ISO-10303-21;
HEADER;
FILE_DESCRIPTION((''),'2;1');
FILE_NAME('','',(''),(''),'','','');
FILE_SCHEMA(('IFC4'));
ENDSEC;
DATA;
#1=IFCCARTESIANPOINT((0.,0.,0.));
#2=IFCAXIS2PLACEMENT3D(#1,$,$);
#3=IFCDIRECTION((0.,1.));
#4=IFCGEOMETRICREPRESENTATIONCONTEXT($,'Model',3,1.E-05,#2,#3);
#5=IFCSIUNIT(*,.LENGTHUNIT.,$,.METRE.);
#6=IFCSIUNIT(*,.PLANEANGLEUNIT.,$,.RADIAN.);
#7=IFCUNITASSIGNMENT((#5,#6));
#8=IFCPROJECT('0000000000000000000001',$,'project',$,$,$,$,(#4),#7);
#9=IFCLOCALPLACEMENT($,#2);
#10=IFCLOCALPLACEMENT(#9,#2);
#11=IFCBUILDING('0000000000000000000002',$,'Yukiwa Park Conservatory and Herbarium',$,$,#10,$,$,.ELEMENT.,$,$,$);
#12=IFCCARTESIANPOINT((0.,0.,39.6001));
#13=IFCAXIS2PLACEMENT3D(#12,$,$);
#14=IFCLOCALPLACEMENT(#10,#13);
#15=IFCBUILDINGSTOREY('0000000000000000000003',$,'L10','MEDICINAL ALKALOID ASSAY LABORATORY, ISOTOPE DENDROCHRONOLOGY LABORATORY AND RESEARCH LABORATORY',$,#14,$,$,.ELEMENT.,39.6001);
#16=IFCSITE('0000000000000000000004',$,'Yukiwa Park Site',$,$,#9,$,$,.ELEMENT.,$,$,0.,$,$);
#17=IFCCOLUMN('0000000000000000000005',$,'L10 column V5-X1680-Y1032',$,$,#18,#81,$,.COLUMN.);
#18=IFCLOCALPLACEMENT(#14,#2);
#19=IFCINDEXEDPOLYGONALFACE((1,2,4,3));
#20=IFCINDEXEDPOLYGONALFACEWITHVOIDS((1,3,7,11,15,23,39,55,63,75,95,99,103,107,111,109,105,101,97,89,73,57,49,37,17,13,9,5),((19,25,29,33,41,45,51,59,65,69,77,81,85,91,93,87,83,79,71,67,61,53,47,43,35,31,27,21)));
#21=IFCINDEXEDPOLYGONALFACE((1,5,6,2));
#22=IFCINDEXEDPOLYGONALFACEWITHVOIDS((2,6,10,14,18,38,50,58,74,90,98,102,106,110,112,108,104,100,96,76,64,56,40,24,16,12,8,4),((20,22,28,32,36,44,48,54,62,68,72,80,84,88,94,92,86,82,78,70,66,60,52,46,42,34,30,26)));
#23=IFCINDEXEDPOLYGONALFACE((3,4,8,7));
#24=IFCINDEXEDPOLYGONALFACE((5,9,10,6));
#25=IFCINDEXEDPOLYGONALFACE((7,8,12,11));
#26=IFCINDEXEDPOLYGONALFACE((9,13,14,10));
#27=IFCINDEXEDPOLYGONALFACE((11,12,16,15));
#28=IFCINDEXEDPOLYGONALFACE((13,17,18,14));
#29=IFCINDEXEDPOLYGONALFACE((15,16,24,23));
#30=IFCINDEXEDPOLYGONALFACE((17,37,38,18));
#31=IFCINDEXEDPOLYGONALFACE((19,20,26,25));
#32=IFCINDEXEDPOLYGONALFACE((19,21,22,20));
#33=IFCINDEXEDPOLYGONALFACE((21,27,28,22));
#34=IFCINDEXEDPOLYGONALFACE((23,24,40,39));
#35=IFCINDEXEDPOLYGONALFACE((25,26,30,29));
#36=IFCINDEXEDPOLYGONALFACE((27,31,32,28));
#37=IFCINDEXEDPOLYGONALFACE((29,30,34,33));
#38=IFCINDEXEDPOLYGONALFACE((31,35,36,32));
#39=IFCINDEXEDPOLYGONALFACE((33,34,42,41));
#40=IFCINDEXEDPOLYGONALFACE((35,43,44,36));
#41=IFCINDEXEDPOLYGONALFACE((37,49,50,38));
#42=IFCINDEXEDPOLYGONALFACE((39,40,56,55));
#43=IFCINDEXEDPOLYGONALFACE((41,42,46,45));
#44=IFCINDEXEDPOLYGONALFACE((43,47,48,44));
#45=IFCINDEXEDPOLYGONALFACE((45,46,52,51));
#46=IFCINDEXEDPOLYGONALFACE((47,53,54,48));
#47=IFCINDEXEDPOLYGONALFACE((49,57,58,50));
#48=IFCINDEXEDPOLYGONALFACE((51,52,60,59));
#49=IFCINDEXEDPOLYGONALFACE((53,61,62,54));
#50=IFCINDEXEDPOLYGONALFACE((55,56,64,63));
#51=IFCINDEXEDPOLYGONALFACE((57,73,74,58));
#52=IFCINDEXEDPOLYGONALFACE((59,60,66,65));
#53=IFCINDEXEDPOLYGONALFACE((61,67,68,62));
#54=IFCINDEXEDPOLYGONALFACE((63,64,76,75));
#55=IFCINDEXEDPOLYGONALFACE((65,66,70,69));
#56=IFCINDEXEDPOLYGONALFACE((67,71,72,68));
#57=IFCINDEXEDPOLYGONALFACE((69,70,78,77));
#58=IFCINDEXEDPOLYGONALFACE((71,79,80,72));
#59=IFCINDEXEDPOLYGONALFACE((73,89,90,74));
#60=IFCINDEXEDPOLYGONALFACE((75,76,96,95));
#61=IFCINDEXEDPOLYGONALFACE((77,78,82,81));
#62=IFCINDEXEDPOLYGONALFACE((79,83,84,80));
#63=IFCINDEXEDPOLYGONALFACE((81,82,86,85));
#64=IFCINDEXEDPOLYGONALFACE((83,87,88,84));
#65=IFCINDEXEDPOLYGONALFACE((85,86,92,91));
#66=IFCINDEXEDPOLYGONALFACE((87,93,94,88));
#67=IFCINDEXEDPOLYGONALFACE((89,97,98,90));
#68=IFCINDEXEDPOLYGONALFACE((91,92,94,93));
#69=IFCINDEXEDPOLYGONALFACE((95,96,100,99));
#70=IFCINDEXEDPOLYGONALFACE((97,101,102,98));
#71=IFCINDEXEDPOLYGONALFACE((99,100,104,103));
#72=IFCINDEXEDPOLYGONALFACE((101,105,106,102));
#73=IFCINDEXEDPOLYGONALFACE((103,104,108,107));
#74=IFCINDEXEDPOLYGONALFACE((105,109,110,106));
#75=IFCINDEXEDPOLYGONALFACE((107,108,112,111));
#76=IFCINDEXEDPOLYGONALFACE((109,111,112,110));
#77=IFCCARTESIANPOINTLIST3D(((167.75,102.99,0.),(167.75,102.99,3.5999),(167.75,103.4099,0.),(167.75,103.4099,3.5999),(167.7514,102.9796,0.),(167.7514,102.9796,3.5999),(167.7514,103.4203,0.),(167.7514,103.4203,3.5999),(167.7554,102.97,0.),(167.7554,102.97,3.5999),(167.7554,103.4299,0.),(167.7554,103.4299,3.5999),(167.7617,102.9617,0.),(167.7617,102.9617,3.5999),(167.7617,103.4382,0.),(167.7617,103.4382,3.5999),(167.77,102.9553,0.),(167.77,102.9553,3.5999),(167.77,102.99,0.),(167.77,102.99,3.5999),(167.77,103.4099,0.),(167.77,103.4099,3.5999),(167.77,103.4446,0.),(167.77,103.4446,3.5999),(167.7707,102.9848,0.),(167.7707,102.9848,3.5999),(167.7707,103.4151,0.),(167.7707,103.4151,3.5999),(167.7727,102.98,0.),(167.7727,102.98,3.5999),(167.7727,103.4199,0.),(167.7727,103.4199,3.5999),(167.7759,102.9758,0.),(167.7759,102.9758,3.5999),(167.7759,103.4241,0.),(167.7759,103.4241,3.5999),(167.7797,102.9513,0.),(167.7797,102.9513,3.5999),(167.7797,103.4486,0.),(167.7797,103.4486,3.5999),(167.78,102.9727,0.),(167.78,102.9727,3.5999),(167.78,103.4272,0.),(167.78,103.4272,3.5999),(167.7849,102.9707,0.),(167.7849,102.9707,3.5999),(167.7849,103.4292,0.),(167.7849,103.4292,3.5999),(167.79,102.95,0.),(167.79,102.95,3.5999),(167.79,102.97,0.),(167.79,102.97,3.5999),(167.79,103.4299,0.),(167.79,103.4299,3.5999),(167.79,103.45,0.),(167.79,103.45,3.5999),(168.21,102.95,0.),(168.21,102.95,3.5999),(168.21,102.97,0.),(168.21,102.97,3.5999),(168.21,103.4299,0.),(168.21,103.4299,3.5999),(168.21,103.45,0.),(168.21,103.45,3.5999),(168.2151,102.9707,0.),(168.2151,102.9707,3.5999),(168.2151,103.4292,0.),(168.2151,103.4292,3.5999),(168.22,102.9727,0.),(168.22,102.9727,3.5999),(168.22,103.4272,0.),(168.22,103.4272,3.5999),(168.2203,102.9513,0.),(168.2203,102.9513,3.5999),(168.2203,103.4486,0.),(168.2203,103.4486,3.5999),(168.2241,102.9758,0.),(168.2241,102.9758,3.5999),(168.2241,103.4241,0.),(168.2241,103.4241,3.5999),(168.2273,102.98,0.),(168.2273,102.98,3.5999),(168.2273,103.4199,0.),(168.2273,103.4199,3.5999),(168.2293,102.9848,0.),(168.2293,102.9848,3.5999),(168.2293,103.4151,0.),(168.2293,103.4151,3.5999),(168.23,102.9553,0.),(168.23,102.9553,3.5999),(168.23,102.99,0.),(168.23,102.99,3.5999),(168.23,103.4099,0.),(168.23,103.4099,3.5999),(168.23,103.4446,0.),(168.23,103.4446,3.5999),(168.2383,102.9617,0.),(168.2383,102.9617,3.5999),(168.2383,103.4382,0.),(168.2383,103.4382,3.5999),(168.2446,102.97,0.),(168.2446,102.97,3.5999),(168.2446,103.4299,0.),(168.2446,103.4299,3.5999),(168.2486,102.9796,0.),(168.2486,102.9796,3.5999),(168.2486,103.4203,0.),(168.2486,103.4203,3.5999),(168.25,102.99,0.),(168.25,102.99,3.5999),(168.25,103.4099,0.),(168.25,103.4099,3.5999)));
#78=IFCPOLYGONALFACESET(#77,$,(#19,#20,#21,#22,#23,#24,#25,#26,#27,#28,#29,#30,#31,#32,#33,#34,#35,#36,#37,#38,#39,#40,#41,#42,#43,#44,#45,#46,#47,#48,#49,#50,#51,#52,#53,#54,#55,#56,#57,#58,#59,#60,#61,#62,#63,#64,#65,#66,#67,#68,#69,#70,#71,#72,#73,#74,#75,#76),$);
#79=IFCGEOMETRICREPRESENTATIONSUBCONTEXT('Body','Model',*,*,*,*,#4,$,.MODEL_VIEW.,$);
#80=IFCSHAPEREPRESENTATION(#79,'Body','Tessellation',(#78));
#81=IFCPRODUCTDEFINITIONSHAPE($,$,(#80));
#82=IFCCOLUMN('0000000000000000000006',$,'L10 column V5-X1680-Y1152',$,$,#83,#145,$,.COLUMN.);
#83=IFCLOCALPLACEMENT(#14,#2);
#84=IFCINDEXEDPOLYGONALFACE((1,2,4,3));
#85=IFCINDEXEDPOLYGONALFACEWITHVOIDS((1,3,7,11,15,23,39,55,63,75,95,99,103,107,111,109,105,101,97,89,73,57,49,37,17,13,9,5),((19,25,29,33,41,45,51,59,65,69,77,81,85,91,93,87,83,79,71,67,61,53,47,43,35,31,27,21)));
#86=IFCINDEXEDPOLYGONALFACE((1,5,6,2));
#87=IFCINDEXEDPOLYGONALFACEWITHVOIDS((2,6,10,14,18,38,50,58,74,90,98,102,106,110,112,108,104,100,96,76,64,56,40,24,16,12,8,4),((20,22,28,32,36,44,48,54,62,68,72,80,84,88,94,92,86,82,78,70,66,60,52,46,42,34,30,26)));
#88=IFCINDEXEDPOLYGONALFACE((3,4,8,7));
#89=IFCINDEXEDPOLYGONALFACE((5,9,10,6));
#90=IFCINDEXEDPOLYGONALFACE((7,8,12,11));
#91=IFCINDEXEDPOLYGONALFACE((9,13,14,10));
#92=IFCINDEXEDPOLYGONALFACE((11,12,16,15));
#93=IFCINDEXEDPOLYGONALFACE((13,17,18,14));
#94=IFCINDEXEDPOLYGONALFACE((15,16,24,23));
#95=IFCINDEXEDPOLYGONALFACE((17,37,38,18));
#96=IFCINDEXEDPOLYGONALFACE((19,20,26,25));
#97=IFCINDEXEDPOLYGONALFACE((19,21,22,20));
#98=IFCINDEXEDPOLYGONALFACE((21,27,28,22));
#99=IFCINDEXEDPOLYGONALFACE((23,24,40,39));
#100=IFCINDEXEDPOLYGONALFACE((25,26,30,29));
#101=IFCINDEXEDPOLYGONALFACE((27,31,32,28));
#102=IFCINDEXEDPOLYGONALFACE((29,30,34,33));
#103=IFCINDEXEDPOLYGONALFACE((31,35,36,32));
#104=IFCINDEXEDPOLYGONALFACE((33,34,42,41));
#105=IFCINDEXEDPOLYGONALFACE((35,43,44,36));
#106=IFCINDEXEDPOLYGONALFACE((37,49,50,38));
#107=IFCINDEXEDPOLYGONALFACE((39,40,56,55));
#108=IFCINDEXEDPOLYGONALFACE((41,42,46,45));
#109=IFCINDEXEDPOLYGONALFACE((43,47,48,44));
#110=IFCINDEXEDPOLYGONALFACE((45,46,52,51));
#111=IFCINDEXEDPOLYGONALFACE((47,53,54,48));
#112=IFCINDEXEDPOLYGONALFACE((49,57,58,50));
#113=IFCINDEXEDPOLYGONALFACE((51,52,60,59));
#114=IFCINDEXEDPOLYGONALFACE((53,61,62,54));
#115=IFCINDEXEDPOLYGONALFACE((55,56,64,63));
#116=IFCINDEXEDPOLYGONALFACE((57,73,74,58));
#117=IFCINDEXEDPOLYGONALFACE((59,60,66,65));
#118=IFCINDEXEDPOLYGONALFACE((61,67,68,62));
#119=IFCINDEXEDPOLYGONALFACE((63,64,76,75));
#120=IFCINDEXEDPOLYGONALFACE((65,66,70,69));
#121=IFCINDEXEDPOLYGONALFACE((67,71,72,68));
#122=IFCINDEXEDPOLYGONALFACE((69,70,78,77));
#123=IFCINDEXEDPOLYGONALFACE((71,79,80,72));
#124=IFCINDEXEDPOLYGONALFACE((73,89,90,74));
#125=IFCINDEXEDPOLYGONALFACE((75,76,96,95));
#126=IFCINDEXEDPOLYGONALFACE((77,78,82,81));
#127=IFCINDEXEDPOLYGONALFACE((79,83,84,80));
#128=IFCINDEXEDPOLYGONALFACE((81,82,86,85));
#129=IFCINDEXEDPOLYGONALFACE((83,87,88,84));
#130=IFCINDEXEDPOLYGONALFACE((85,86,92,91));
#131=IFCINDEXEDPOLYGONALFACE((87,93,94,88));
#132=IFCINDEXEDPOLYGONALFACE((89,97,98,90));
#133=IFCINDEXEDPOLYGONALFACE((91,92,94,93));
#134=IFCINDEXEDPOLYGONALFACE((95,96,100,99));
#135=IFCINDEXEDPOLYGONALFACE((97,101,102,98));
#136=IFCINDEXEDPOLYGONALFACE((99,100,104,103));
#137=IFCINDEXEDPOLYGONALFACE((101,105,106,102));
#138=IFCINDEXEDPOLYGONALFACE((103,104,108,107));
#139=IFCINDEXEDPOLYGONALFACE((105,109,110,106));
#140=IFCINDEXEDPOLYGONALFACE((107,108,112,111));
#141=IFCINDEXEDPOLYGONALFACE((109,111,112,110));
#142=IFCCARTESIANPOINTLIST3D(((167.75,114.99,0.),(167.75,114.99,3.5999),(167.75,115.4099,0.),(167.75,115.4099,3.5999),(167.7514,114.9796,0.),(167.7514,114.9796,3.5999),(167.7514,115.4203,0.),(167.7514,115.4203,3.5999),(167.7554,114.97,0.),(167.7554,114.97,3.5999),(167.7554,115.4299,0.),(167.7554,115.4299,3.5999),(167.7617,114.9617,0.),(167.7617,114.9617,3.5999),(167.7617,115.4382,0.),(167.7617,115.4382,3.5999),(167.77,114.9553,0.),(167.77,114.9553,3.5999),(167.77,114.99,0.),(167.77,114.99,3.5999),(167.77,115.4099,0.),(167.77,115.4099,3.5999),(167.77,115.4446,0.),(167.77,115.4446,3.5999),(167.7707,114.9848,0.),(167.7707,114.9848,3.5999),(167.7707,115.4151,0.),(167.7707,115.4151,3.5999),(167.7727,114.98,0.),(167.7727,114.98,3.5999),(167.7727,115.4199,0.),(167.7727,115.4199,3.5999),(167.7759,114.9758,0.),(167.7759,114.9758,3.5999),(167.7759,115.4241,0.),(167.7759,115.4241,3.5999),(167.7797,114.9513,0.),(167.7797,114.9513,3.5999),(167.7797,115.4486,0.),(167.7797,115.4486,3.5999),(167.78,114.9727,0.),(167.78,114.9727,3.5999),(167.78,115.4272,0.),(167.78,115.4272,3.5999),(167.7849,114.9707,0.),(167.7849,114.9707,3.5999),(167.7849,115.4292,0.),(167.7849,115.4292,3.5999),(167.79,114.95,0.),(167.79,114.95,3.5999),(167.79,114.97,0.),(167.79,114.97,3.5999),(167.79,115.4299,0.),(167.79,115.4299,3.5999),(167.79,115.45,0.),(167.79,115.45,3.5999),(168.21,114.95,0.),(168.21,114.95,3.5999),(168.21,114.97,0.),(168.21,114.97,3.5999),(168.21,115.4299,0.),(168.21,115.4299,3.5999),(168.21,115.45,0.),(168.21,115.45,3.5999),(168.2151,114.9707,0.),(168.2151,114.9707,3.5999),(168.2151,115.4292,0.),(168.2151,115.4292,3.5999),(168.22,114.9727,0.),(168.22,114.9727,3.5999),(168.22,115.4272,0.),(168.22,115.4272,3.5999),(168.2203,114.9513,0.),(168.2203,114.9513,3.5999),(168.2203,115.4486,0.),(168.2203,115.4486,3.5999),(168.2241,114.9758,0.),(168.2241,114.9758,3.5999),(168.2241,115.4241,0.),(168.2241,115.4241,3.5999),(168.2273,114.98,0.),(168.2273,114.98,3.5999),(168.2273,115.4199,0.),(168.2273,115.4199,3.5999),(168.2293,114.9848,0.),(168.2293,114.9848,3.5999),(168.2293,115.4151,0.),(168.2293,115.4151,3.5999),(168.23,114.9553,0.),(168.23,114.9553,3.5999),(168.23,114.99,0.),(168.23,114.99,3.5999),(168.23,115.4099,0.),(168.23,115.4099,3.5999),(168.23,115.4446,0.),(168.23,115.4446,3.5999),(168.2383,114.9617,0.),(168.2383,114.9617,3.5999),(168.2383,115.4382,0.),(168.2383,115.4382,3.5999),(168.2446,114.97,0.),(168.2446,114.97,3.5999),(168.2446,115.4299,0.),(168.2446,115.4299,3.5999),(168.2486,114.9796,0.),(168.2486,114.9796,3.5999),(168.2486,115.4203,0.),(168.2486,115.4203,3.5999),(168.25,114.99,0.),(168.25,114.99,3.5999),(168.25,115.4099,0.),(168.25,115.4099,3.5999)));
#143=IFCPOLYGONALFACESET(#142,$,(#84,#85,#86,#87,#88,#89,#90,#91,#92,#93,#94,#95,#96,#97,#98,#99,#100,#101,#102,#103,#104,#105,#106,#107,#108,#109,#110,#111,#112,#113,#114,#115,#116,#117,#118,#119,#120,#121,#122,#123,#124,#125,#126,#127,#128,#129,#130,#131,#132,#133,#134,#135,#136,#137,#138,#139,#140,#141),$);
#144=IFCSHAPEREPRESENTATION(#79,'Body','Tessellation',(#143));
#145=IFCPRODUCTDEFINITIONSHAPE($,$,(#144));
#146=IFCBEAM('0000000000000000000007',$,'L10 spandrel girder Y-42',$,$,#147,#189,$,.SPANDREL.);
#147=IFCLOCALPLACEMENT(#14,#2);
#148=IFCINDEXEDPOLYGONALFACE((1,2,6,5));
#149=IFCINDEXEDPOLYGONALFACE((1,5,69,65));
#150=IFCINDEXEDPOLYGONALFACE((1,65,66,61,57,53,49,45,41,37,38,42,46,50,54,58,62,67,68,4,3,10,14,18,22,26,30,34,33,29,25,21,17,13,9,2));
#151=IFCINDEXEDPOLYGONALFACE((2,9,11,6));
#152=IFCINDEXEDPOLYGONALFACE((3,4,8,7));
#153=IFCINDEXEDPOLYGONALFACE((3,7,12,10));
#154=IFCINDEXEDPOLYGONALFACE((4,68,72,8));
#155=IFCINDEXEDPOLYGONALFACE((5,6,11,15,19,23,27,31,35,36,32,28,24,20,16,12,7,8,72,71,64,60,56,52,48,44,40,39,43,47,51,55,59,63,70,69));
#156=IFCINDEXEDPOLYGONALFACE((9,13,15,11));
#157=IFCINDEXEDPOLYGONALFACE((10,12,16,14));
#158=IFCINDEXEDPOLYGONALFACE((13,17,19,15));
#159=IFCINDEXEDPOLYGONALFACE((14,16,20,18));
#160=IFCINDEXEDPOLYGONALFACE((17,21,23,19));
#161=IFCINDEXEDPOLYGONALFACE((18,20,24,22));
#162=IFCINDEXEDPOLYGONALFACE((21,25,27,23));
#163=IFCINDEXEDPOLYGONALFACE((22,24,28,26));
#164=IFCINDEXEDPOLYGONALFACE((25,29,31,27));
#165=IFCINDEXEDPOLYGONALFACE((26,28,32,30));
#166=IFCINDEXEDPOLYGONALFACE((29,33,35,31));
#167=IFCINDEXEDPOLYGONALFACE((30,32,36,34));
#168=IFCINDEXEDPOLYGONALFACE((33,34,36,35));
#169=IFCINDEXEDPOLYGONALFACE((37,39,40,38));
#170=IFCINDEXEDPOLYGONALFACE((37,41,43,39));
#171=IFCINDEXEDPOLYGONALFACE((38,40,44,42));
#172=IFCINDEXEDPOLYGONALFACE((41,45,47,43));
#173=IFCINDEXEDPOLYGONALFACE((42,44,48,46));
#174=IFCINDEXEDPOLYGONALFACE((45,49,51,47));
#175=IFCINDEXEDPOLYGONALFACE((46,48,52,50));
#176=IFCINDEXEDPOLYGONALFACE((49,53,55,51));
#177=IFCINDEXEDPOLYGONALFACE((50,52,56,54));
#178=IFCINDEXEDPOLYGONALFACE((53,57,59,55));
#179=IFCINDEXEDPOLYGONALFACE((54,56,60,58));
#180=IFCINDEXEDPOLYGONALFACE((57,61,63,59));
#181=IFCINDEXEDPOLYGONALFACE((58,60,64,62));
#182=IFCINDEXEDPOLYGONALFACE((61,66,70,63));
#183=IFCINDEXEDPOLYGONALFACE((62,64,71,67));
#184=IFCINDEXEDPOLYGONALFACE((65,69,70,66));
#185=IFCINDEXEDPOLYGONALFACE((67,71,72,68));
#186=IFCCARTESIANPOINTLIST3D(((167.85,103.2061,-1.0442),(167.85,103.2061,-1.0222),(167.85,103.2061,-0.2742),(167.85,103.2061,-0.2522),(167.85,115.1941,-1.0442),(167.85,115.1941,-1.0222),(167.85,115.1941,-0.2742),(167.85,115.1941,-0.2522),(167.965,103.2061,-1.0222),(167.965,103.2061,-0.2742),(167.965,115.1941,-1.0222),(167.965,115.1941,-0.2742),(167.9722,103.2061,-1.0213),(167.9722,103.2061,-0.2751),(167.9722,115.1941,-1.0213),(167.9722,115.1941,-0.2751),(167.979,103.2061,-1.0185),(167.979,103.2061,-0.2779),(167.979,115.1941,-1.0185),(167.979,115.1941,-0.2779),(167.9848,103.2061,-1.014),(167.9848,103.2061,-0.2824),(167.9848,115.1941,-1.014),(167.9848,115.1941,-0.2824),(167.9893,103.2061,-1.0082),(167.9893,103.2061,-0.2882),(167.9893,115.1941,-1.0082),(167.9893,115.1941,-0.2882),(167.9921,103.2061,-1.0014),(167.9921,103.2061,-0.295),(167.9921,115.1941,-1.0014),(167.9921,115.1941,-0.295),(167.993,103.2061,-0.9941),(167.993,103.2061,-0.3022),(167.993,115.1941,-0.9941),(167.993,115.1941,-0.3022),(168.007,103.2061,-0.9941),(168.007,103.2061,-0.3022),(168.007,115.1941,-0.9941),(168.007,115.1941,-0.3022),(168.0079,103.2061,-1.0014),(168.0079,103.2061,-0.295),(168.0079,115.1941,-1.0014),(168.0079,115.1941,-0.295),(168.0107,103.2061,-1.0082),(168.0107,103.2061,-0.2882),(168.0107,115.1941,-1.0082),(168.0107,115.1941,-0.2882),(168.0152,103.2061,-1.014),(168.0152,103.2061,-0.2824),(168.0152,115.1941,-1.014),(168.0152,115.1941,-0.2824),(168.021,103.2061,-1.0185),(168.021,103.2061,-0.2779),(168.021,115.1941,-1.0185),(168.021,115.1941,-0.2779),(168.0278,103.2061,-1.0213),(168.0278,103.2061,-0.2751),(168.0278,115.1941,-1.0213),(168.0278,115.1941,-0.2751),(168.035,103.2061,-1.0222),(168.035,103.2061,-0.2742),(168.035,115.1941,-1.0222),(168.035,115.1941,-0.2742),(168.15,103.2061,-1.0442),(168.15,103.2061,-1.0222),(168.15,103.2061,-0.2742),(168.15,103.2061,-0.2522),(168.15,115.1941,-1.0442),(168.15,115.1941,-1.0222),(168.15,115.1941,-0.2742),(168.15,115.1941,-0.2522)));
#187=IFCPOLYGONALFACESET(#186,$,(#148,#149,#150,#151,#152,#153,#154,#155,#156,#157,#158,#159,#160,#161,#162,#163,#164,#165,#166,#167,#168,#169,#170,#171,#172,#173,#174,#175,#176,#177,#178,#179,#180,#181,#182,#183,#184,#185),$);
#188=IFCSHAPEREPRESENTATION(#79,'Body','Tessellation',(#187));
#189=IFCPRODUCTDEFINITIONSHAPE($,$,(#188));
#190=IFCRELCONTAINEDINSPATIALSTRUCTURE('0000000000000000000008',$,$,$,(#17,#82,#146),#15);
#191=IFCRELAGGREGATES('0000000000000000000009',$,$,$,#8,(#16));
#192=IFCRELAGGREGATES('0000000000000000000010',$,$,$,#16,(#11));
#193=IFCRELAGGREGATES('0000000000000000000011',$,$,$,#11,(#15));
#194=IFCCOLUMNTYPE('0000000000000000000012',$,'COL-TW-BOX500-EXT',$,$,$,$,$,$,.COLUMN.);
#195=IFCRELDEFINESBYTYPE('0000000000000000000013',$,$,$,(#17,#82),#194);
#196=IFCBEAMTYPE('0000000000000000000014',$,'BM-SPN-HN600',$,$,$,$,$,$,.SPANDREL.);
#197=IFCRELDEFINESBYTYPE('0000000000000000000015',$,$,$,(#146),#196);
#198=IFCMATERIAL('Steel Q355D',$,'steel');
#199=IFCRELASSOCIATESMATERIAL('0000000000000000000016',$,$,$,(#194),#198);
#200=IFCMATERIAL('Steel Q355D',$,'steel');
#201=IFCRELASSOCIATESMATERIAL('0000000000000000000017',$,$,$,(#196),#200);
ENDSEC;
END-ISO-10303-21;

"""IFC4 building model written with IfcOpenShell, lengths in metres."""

from ifc_helpers import new_model, si_unit, direction, frame, origin, origin_2d, place, context, subcontext, project, spatial, hollow_rectangle, i_section, extrude, material, material_profile, profile_set, type_object, element, save


model = new_model("IFC4")

# Units and contexts
model_context = context("Model", 3, precision=1e-05, world=origin(), true_north=direction((0.0, 1.0)))
body_context = subcontext(model_context, "Body", "Model", "MODEL_VIEW")
ifc_project = project(units=[si_unit("LENGTHUNIT", "METRE"), si_unit("PLANEANGLEUNIT", "RADIAN")], contexts=[model_context])

# Site, building, storey
site_placement = place(None, origin())
site = spatial("IfcSite", under=ifc_project, at=site_placement, Name="Yukiwa Park Site", CompositionType="ELEMENT", RefElevation=0.0)
building_placement = place(site_placement, origin())
building = spatial("IfcBuilding", under=site, at=building_placement, Name="Yukiwa Park Conservatory and Herbarium", CompositionType="ELEMENT")
storey_placement = place(building_placement, frame((0.0, 0.0, 39.6001)))
storey = spatial("IfcBuildingStorey", under=building, at=storey_placement, Name="L10", Description="MEDICINAL ALKALOID ASSAY LABORATORY, ISOTOPE DENDROCHRONOLOGY LABORATORY AND RESEARCH LABORATORY", CompositionType="ELEMENT", Elevation=39.6001)

# Columns
ifc_material_1 = material(Name="Steel Q355D", Category="steel")
ifc_material_profile_1 = material_profile(ifc_material_1, hollow_rectangle(XDim=0.5, YDim=0.5, WallThickness=0.02, InnerFilletRadius=0.02, OuterFilletRadius=0.04, at=origin_2d()), Name="BOX 500x500x20")
ifc_profile_set_1 = profile_set([ifc_material_profile_1], Name="Steel Q355D")
column_type = type_object("IfcColumnType", Name="COL-TW-BOX500-EXT", PredefinedType="COLUMN", material=ifc_profile_set_1)
for number, where, z_axis, x_axis, name in (
    (1, (168.0, 103.2, 0.0), (0.0, 0.0, 1.0), (1.0, 0.0, 0.0), "L10 column V5-X1680-Y1032"),
    (2, (168.0, 115.2, 0.0), (0.0, 0.0, 1.0), (1.0, 0.0, 0.0), "L10 column V5-X1680-Y1152"),
):
    element("IfcColumn", number, at=place(storey_placement, frame(where, z_axis=z_axis, x_axis=x_axis)), inside=storey, type_object=column_type, Name=name, PredefinedType="COLUMN", context=body_context, shape_type="SweptSolid", body=[
        extrude(hollow_rectangle(XDim=0.5, YDim=0.5, WallThickness=0.02, InnerFilletRadius=0.02, OuterFilletRadius=0.04, at=origin_2d()), origin(), (0.0, 0.0, 1.0), 3.5999),
    ])

# Beam
ifc_material_2 = material(Name="Steel Q355D", Category="steel")
ifc_material_profile_2 = material_profile(ifc_material_2, i_section(OverallWidth=0.3, OverallDepth=0.792, WebThickness=0.0139, FlangeThickness=0.022, FilletRadius=0.0281, at=origin_2d()), Name="HN 792x300x14x22")
ifc_profile_set_2 = profile_set([ifc_material_profile_2], Name="Steel Q355D")
beam_type_1 = type_object("IfcBeamType", Name="BM-SPN-HN600", PredefinedType="SPANDREL", material=ifc_profile_set_2)
beam_1_placement = place(storey_placement, frame((168.0, 103.2061, -0.6482), z_axis=(0.0, 1.0, 0.0), x_axis=(-1.0, 0.0, 0.0)))
element("IfcBeam", 3, at=beam_1_placement, inside=storey, type_object=beam_type_1, Name="L10 spandrel girder Y-42", PredefinedType="SPANDREL", context=body_context, shape_type="SweptSolid", body=[
    extrude(i_section(OverallWidth=0.3, OverallDepth=0.792, WebThickness=0.0139, FlangeThickness=0.022, FilletRadius=0.0281, at=origin_2d()), origin(), (0.0, 0.0, 1.0), 11.988),
])

save(model, "model.ifc")
